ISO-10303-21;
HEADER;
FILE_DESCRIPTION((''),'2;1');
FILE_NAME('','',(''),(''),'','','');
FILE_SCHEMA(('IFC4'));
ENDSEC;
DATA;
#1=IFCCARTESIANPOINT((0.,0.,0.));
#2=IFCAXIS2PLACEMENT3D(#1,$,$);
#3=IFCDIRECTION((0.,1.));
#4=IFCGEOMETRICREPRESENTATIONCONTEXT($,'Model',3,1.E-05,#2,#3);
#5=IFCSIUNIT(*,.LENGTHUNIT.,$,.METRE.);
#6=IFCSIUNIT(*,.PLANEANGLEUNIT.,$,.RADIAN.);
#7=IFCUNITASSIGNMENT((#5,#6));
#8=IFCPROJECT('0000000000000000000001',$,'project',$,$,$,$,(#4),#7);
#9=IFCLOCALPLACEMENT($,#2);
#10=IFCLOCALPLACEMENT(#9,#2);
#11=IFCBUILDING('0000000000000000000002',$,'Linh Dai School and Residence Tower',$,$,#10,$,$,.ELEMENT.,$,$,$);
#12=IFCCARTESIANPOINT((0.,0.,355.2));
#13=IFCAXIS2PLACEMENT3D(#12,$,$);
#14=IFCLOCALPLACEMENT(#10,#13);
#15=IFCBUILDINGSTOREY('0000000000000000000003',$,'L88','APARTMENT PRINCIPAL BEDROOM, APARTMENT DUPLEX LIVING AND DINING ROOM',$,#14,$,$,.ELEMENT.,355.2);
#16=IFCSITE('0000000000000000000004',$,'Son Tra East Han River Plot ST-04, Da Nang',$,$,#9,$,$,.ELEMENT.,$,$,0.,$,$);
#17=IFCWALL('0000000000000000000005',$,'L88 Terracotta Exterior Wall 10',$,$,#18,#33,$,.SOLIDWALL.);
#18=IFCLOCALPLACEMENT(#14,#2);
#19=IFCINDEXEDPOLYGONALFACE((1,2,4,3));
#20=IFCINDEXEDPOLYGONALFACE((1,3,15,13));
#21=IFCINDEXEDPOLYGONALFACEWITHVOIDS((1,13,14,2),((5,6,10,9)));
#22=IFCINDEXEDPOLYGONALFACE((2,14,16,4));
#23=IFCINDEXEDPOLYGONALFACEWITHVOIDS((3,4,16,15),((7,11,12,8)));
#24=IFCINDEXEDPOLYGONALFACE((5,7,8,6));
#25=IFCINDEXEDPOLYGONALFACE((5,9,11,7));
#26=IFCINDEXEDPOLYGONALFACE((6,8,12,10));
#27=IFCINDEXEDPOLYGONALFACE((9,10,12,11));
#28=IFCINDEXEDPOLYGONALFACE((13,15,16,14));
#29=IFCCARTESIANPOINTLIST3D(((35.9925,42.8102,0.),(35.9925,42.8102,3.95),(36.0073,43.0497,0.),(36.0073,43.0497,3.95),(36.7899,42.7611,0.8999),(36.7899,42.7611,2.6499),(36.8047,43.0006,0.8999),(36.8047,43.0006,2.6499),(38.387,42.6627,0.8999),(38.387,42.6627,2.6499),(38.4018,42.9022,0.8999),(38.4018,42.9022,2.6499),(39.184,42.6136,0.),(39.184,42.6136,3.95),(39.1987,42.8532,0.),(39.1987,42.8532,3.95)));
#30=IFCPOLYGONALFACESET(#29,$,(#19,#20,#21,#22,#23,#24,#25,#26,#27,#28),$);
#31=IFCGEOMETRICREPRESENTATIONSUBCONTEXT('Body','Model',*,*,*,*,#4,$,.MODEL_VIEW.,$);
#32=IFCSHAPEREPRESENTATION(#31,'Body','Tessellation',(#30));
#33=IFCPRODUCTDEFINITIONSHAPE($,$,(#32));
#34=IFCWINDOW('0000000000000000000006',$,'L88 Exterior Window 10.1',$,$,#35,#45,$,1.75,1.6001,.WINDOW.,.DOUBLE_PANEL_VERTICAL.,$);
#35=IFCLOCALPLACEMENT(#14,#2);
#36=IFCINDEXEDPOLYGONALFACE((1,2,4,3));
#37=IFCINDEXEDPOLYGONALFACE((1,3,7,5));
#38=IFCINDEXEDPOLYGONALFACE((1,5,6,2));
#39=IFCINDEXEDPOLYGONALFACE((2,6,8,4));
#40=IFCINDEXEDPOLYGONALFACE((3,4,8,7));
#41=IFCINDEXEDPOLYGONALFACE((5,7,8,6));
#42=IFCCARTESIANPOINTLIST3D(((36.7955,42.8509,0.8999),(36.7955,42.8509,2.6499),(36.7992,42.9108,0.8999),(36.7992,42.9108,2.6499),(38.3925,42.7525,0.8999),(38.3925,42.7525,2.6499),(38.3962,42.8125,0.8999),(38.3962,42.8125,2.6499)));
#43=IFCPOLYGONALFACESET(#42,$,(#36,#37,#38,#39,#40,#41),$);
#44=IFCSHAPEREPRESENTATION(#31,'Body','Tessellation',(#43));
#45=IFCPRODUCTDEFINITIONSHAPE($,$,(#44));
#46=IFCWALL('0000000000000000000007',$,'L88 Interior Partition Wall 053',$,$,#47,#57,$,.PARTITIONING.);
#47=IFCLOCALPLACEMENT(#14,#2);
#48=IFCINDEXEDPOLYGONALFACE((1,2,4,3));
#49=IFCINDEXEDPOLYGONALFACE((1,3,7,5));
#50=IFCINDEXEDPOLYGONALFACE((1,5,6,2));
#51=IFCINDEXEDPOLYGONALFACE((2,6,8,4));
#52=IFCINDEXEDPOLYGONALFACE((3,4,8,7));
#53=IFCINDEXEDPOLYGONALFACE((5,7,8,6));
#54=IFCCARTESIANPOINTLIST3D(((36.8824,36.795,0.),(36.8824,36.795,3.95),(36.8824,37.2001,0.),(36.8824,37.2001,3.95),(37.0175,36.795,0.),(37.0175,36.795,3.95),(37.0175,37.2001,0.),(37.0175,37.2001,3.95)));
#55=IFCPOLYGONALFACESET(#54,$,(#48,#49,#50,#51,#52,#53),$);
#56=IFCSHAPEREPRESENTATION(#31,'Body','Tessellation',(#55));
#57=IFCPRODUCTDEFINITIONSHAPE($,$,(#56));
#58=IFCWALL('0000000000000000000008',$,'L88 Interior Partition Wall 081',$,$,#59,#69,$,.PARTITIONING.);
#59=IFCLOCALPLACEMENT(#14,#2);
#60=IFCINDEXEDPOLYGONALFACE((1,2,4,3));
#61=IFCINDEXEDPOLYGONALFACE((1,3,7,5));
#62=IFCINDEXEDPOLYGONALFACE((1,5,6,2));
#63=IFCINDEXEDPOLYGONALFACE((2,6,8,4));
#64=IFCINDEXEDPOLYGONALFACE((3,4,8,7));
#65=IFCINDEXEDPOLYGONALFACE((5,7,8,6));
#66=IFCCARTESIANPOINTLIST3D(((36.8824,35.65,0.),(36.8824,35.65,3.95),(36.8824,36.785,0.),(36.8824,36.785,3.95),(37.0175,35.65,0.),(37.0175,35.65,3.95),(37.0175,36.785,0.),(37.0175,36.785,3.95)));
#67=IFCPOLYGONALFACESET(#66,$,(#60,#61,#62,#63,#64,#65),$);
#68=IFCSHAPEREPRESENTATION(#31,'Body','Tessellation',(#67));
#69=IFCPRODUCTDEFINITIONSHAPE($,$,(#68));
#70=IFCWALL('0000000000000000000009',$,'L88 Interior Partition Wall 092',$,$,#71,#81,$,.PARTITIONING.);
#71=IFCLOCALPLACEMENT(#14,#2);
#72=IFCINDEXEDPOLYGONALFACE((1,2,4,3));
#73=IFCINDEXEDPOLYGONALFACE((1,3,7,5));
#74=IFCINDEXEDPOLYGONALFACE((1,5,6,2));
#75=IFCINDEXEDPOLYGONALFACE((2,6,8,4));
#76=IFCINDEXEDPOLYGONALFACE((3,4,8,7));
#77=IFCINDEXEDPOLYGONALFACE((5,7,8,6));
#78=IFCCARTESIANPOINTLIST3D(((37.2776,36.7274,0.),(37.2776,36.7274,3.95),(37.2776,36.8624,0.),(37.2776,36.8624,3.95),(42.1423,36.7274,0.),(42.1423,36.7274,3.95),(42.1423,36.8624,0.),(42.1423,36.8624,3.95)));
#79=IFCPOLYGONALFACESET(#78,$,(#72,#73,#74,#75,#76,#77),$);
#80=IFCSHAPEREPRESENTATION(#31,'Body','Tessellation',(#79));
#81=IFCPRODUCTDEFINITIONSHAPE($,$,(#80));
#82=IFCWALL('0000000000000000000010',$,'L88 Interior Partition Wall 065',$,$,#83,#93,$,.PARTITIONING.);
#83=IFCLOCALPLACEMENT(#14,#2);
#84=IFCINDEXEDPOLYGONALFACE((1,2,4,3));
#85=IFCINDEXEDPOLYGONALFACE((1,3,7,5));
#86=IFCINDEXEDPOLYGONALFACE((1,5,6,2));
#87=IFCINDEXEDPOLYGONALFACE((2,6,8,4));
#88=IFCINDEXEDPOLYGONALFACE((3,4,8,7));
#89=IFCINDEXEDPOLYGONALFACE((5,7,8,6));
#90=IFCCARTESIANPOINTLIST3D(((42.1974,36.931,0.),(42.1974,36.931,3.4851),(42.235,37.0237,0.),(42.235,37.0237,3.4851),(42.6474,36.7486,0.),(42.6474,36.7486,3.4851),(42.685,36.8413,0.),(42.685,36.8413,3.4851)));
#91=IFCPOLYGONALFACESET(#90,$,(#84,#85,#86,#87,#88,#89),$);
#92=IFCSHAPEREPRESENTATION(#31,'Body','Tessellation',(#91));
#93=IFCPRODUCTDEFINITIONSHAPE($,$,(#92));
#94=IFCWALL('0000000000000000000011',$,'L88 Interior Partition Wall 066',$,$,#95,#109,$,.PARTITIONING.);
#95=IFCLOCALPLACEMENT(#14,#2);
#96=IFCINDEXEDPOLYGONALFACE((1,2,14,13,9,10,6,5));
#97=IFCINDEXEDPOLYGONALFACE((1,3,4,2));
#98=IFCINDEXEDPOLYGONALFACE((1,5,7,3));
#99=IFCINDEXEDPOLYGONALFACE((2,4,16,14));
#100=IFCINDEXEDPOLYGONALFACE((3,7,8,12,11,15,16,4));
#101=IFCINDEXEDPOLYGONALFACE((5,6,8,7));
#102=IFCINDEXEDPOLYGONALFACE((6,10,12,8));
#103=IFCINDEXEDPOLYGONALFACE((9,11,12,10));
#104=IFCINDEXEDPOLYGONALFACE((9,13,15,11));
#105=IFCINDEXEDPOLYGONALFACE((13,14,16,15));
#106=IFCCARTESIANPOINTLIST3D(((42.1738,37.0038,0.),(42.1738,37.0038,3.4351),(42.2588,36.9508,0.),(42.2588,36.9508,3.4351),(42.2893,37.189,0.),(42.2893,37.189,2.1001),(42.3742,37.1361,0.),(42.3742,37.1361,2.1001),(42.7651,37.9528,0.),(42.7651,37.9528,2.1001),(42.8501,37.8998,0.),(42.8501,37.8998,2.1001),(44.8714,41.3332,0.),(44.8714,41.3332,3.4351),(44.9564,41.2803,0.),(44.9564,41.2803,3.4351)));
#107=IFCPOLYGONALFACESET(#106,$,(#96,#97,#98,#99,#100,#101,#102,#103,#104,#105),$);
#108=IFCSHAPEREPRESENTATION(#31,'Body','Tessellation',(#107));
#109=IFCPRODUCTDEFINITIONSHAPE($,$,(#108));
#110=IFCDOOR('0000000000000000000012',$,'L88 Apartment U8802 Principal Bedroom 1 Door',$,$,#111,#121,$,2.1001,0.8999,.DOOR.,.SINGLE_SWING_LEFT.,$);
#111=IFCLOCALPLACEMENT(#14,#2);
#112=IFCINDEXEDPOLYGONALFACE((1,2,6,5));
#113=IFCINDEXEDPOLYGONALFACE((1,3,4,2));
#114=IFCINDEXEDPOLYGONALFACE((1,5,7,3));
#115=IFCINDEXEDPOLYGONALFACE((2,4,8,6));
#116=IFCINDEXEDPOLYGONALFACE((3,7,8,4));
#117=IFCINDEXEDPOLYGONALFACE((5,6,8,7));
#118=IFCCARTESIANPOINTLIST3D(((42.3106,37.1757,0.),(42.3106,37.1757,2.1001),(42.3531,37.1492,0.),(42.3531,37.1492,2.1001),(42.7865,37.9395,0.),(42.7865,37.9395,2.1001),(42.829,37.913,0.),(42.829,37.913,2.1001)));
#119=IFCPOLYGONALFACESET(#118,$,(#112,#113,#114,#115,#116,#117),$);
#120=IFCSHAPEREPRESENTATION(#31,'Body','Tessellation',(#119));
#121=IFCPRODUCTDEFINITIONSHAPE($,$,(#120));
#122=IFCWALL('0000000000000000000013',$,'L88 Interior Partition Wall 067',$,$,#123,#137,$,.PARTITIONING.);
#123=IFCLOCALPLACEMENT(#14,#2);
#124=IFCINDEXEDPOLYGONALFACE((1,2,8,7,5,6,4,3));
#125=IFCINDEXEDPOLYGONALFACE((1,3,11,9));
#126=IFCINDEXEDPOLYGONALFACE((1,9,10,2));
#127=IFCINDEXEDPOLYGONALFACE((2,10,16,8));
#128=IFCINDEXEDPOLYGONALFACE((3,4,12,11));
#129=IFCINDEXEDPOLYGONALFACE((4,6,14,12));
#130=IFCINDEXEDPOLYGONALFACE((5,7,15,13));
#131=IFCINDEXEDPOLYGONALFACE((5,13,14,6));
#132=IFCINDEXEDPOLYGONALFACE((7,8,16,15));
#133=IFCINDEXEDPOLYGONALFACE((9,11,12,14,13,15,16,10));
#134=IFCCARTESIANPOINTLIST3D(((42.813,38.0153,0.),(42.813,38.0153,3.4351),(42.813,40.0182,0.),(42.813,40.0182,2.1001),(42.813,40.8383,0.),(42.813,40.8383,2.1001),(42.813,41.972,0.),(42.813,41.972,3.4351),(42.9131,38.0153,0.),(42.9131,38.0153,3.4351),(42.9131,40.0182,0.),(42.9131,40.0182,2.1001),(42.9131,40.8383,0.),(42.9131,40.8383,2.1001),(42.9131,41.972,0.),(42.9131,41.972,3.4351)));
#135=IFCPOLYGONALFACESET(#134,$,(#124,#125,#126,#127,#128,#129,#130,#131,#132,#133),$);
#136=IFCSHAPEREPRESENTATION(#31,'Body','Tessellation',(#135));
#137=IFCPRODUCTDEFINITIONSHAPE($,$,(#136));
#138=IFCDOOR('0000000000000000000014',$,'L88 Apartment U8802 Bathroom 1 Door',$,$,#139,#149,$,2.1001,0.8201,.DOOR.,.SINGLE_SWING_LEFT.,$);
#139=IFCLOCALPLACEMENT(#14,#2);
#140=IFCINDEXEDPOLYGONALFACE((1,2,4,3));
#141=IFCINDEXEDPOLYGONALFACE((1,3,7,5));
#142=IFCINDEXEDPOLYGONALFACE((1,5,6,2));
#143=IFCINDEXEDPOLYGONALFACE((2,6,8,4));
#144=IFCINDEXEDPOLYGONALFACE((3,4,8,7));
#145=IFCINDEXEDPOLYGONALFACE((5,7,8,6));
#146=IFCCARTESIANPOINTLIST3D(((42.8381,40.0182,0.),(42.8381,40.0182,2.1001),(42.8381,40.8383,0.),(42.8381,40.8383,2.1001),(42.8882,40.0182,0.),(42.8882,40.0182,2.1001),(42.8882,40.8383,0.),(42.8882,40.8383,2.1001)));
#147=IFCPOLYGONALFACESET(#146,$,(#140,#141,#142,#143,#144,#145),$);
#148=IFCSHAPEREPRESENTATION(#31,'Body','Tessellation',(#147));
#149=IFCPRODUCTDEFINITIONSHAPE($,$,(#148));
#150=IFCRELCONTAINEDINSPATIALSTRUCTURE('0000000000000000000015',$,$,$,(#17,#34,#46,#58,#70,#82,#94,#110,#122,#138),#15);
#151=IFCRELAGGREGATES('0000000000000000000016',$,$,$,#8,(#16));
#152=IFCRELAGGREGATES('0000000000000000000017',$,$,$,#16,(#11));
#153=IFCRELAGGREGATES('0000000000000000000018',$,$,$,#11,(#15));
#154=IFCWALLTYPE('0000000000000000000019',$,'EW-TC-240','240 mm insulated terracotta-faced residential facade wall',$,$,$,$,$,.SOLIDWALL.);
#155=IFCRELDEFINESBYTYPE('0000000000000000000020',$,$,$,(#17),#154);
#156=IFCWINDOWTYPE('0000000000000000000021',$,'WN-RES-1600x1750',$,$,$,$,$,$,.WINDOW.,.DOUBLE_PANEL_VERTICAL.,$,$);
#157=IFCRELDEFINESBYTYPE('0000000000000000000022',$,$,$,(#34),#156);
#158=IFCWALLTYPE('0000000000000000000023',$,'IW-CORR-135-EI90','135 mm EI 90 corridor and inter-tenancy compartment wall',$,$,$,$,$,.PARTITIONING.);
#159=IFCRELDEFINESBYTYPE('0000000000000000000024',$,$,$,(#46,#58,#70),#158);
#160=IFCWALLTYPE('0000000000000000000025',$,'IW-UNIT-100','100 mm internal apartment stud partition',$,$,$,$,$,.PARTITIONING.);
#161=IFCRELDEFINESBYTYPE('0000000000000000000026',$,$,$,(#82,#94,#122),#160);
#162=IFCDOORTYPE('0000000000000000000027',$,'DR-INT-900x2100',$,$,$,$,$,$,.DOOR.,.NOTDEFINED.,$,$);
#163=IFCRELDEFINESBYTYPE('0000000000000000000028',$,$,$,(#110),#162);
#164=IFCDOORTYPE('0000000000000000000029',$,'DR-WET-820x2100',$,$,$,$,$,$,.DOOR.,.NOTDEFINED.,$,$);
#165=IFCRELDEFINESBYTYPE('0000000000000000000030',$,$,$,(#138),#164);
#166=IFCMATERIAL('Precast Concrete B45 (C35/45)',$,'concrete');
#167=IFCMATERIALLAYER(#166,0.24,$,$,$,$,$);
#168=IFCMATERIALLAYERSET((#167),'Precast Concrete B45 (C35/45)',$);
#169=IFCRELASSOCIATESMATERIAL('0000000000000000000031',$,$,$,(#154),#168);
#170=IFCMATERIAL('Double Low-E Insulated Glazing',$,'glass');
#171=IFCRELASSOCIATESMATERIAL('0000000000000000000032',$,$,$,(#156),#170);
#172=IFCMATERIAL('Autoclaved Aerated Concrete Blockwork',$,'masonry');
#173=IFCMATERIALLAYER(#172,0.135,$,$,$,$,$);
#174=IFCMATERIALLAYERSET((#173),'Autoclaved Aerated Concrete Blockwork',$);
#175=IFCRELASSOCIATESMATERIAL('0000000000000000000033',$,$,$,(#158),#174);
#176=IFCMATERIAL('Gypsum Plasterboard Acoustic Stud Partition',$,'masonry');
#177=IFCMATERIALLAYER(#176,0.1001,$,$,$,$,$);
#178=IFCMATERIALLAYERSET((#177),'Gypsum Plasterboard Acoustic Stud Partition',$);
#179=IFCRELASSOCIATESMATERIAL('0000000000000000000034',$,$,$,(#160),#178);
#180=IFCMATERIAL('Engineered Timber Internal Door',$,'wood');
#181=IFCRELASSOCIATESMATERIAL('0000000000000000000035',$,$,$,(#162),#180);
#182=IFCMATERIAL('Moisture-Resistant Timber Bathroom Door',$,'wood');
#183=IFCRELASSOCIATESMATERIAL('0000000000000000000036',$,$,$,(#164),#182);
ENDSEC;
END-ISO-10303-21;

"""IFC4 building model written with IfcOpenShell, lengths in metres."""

from ifc_helpers import new_model, si_unit, direction, frame, frame_2d, origin, origin_2d, place, context, subcontext, project, spatial, rectangle, extrude, source, transform, mapped, material, layer, layer_set, type_object, element, fill, save


model = new_model("IFC4")

# Units and contexts
model_context = context("Model", 3, precision=1e-05, world=origin(), true_north=direction((0.0, 1.0)))
body_context = subcontext(model_context, "Body", "Model", "MODEL_VIEW")
ifc_project = project(units=[si_unit("LENGTHUNIT", "METRE"), si_unit("PLANEANGLEUNIT", "RADIAN")], contexts=[model_context])

# Site, building, storey
site_placement = place(None, origin())
site = spatial("IfcSite", under=ifc_project, at=site_placement, Name="Son Tra East Han River Plot ST-04, Da Nang", CompositionType="ELEMENT", RefElevation=0.0)
building_placement = place(site_placement, origin())
building = spatial("IfcBuilding", under=site, at=building_placement, Name="Linh Dai School and Residence Tower", CompositionType="ELEMENT")
storey_placement = place(building_placement, frame((0.0, 0.0, 355.2)))
storey = spatial("IfcBuildingStorey", under=building, at=storey_placement, Name="L88", Description="APARTMENT PRINCIPAL BEDROOM, APARTMENT DUPLEX LIVING AND DINING ROOM", CompositionType="ELEMENT", Elevation=355.2)

# Shared definitions
ifc_material_1 = material(Name="Double Low-E Insulated Glazing", Category="glass")

# Shared definitions
ifc_material_2 = material(Name="Precast Concrete B45 (C35/45)", Category="concrete")
ifc_layer_1 = layer(ifc_material_2, 0.24)
ifc_layer_set_1 = layer_set([ifc_layer_1], Name="Precast Concrete B45 (C35/45)")
wall_type_1 = type_object("IfcWallType", Name="EW-TC-240", Description="240 mm insulated terracotta-faced residential facade wall", PredefinedType="SOLIDWALL", material=ifc_layer_set_1)

# Wall, opening, window
wall_1_placement = place(storey_placement, frame((36.0, 42.9299, 0.0), z_axis=(0.0, 0.0, 1.0), x_axis=(0.998109, -0.061466, 0.0)))
wall_1 = element("IfcWall", 1, at=wall_1_placement, inside=storey, type_object=wall_type_1, Name="L88 Terracotta Exterior Wall 10", PredefinedType="SOLIDWALL", context=body_context, shape_type="SweptSolid", body=[
    extrude(rectangle(XDim=3.1975, YDim=0.24, at=frame_2d((1.5986, 0.0))), origin(), (0.0, 0.0, 1.0), 3.95),
])
opening_1_placement = place(wall_1_placement, frame((0.7988, 0.0, 0.8999)))
opening_1 = element("IfcOpeningElement", 2, at=opening_1_placement, cuts=wall_1, PredefinedType="OPENING", context=body_context, shape_type="SweptSolid", body=[
    extrude(rectangle(XDim=1.6001, YDim=1.75, at=origin_2d()), frame((0.8, 0.1299, 0.875), z_axis=(0.0, -1.0, 0.0), x_axis=(1.0, 0.0, 0.0)), (0.0, 0.0, 1.0), 0.26),
])
window_type = type_object("IfcWindowType", Name="WN-RES-1600x1750", PartitioningType="DOUBLE_PANEL_VERTICAL", PredefinedType="WINDOW", material=ifc_material_1)
shared_shape_1 = source(origin(), body_context, "Body", "SweptSolid", [
    extrude(rectangle(XDim=1.6001, YDim=1.75, at=origin_2d()), frame((0.8, 0.03, 0.875), z_axis=(0.0, -1.0, 0.0), x_axis=(1.0, 0.0, 0.0)), (0.0, 0.0, 1.0), 0.0601),
])
window_placement = place(opening_1_placement, origin())
window = element("IfcWindow", 3, at=window_placement, inside=storey, type_object=window_type, Name="L88 Exterior Window 10.1", OverallHeight=1.75, OverallWidth=1.6001, PartitioningType="DOUBLE_PANEL_VERTICAL", PredefinedType="WINDOW", context=body_context, shape_type="MappedRepresentation", body=[
    mapped(shared_shape_1, transform((0.0, 0.0, 0.0), x_axis=(1.0, 0.0, 0.0), y_axis=(0.0, 1.0, 0.0), z_axis=(0.0, 0.0, 1.0), scale=1.0)),
])
fill(opening_1, window)

# Walls
ifc_material_3 = material(Name="Autoclaved Aerated Concrete Blockwork", Category="masonry")
ifc_layer_2 = layer(ifc_material_3, 0.135)
ifc_layer_set_2 = layer_set([ifc_layer_2], Name="Autoclaved Aerated Concrete Blockwork")
wall_type_2 = type_object("IfcWallType", Name="IW-CORR-135-EI90", Description="135 mm EI 90 corridor and inter-tenancy compartment wall", PredefinedType="PARTITIONING", material=ifc_layer_set_2)
wall_2_placement = place(storey_placement, frame((36.95, 36.7949, 0.0), z_axis=(0.0, 0.0, 1.0), x_axis=(0.0, 1.0, 0.0)))
element("IfcWall", 4, at=wall_2_placement, inside=storey, type_object=wall_type_2, Name="L88 Interior Partition Wall 053", PredefinedType="PARTITIONING", context=body_context, shape_type="SweptSolid", body=[
    extrude(rectangle(XDim=0.405, YDim=0.135, at=frame_2d((0.2026, 0.0))), origin(), (0.0, 0.0, 1.0), 3.95),
])
wall_3_placement = place(storey_placement, frame((36.95, 36.7849, 0.0), z_axis=(0.0, 0.0, 1.0), x_axis=(0.0, -1.0, 0.0)))
element("IfcWall", 5, at=wall_3_placement, inside=storey, type_object=wall_type_2, Name="L88 Interior Partition Wall 081", PredefinedType="PARTITIONING", context=body_context, shape_type="SweptSolid", body=[
    extrude(rectangle(XDim=1.135, YDim=0.135, at=frame_2d((0.5674, 0.0))), origin(), (0.0, 0.0, 1.0), 3.95),
])
wall_4_placement = place(storey_placement, frame((42.1423, 36.7949, 0.0), z_axis=(0.0, 0.0, 1.0), x_axis=(-1.0, 0.0, 0.0)))
element("IfcWall", 6, at=wall_4_placement, inside=storey, type_object=wall_type_2, Name="L88 Interior Partition Wall 092", PredefinedType="PARTITIONING", context=body_context, shape_type="SweptSolid", body=[
    extrude(rectangle(XDim=4.8647, YDim=0.135, at=frame_2d((2.4324, 0.0))), origin(), (0.0, 0.0, 1.0), 3.95),
])
ifc_material_4 = material(Name="Gypsum Plasterboard Acoustic Stud Partition", Category="masonry")
ifc_layer_3 = layer(ifc_material_4, 0.1001)
ifc_layer_set_3 = layer_set([ifc_layer_3], Name="Gypsum Plasterboard Acoustic Stud Partition")
wall_type_3 = type_object("IfcWallType", Name="IW-UNIT-100", Description="100 mm internal apartment stud partition", PredefinedType="PARTITIONING", material=ifc_layer_set_3)
wall_5_placement = place(storey_placement, frame((42.2163, 36.9773, 0.0), z_axis=(0.0, 0.0, 1.0), x_axis=(0.926768, -0.375635, 0.0)))
element("IfcWall", 7, at=wall_5_placement, inside=storey, type_object=wall_type_3, Name="L88 Interior Partition Wall 065", PredefinedType="PARTITIONING", context=body_context, shape_type="SweptSolid", body=[
    extrude(rectangle(XDim=0.4856, YDim=0.1001, at=frame_2d((0.2427, 0.0))), origin(), (0.0, 0.0, 1.0), 3.4851),
])

# Walls, openings, doors
wall_6_placement = place(storey_placement, frame((42.2163, 36.9773, 0.0), z_axis=(0.0, 0.0, 1.0), x_axis=(0.528824, 0.848732, 0.0)))
wall_6 = element("IfcWall", 8, at=wall_6_placement, inside=storey, type_object=wall_type_3, Name="L88 Interior Partition Wall 066", PredefinedType="PARTITIONING", context=body_context, shape_type="SweptSolid", body=[
    extrude(rectangle(XDim=5.1011, YDim=0.1001, at=frame_2d((2.5505, 0.0))), origin(), (0.0, 0.0, 1.0), 3.4351),
])
opening_2_placement = place(wall_6_placement, frame((0.2183, 0.0, 0.0)))
opening_2 = element("IfcOpeningElement", 9, at=opening_2_placement, cuts=wall_6, PredefinedType="OPENING", context=body_context, shape_type="SweptSolid", body=[
    extrude(rectangle(XDim=0.8999, YDim=2.1001, at=origin_2d()), frame((0.45, 0.0601, 1.05), z_axis=(0.0, -1.0, 0.0), x_axis=(1.0, 0.0, 0.0)), (0.0, 0.0, 1.0), 0.1201),
])
ifc_material_5 = material(Name="Engineered Timber Internal Door", Category="wood")
door_type_1 = type_object("IfcDoorType", Name="DR-INT-900x2100", OperationType="NOTDEFINED", PredefinedType="DOOR", material=ifc_material_5)
shared_shape_2 = source(origin(), body_context, "Body", "SweptSolid", [
    extrude(rectangle(XDim=0.8999, YDim=2.1001, at=origin_2d()), frame((0.45, 0.0249, 1.05), z_axis=(0.0, -1.0, 0.0), x_axis=(1.0, 0.0, 0.0)), (0.0, 0.0, 1.0), 0.05),
])
door_1_placement = place(opening_2_placement, origin())
door_1 = element("IfcDoor", 10, at=door_1_placement, inside=storey, type_object=door_type_1, Name="L88 Apartment U8802 Principal Bedroom 1 Door", OperationType="SINGLE_SWING_LEFT", OverallHeight=2.1001, OverallWidth=0.8999, PredefinedType="DOOR", context=body_context, shape_type="MappedRepresentation", body=[
    mapped(shared_shape_2, transform((0.0, 0.0, 0.0), x_axis=(1.0, 0.0, 0.0), y_axis=(0.0, 1.0, 0.0), z_axis=(0.0, 0.0, 1.0), scale=1.0)),
])
fill(opening_2, door_1)
wall_7_placement = place(storey_placement, frame((42.863, 38.0151, 0.0), z_axis=(0.0, 0.0, 1.0), x_axis=(0.0, 1.0, 0.0)))
wall_7 = element("IfcWall", 11, at=wall_7_placement, inside=storey, type_object=wall_type_3, Name="L88 Interior Partition Wall 067", PredefinedType="PARTITIONING", context=body_context, shape_type="SweptSolid", body=[
    extrude(rectangle(XDim=3.9568, YDim=0.1001, at=frame_2d((1.9785, 0.0))), origin(), (0.0, 0.0, 1.0), 3.4351),
])
opening_3_placement = place(wall_7_placement, frame((2.0029, 0.0, 0.0)))
opening_3 = element("IfcOpeningElement", 12, at=opening_3_placement, cuts=wall_7, PredefinedType="OPENING", context=body_context, shape_type="SweptSolid", body=[
    extrude(rectangle(XDim=0.8201, YDim=2.1001, at=origin_2d()), frame((0.4102, 0.0601, 1.05), z_axis=(0.0, -1.0, 0.0), x_axis=(1.0, 0.0, 0.0)), (0.0, 0.0, 1.0), 0.1201),
])
ifc_material_6 = material(Name="Moisture-Resistant Timber Bathroom Door", Category="wood")
door_type_2 = type_object("IfcDoorType", Name="DR-WET-820x2100", OperationType="NOTDEFINED", PredefinedType="DOOR", material=ifc_material_6)
shared_shape_3 = source(origin(), body_context, "Body", "SweptSolid", [
    extrude(rectangle(XDim=0.8201, YDim=2.1001, at=origin_2d()), frame((0.4102, 0.0249, 1.05), z_axis=(0.0, -1.0, 0.0), x_axis=(1.0, 0.0, 0.0)), (0.0, 0.0, 1.0), 0.05),
])
door_2_placement = place(opening_3_placement, origin())
door_2 = element("IfcDoor", 13, at=door_2_placement, inside=storey, type_object=door_type_2, Name="L88 Apartment U8802 Bathroom 1 Door", OperationType="SINGLE_SWING_LEFT", OverallHeight=2.1001, OverallWidth=0.8201, PredefinedType="DOOR", context=body_context, shape_type="MappedRepresentation", body=[
    mapped(shared_shape_3, transform((0.0, 0.0, 0.0), x_axis=(1.0, 0.0, 0.0), y_axis=(0.0, 1.0, 0.0), z_axis=(0.0, 0.0, 1.0), scale=1.0)),
])
fill(opening_3, door_2)

save(model, "model.ifc")
